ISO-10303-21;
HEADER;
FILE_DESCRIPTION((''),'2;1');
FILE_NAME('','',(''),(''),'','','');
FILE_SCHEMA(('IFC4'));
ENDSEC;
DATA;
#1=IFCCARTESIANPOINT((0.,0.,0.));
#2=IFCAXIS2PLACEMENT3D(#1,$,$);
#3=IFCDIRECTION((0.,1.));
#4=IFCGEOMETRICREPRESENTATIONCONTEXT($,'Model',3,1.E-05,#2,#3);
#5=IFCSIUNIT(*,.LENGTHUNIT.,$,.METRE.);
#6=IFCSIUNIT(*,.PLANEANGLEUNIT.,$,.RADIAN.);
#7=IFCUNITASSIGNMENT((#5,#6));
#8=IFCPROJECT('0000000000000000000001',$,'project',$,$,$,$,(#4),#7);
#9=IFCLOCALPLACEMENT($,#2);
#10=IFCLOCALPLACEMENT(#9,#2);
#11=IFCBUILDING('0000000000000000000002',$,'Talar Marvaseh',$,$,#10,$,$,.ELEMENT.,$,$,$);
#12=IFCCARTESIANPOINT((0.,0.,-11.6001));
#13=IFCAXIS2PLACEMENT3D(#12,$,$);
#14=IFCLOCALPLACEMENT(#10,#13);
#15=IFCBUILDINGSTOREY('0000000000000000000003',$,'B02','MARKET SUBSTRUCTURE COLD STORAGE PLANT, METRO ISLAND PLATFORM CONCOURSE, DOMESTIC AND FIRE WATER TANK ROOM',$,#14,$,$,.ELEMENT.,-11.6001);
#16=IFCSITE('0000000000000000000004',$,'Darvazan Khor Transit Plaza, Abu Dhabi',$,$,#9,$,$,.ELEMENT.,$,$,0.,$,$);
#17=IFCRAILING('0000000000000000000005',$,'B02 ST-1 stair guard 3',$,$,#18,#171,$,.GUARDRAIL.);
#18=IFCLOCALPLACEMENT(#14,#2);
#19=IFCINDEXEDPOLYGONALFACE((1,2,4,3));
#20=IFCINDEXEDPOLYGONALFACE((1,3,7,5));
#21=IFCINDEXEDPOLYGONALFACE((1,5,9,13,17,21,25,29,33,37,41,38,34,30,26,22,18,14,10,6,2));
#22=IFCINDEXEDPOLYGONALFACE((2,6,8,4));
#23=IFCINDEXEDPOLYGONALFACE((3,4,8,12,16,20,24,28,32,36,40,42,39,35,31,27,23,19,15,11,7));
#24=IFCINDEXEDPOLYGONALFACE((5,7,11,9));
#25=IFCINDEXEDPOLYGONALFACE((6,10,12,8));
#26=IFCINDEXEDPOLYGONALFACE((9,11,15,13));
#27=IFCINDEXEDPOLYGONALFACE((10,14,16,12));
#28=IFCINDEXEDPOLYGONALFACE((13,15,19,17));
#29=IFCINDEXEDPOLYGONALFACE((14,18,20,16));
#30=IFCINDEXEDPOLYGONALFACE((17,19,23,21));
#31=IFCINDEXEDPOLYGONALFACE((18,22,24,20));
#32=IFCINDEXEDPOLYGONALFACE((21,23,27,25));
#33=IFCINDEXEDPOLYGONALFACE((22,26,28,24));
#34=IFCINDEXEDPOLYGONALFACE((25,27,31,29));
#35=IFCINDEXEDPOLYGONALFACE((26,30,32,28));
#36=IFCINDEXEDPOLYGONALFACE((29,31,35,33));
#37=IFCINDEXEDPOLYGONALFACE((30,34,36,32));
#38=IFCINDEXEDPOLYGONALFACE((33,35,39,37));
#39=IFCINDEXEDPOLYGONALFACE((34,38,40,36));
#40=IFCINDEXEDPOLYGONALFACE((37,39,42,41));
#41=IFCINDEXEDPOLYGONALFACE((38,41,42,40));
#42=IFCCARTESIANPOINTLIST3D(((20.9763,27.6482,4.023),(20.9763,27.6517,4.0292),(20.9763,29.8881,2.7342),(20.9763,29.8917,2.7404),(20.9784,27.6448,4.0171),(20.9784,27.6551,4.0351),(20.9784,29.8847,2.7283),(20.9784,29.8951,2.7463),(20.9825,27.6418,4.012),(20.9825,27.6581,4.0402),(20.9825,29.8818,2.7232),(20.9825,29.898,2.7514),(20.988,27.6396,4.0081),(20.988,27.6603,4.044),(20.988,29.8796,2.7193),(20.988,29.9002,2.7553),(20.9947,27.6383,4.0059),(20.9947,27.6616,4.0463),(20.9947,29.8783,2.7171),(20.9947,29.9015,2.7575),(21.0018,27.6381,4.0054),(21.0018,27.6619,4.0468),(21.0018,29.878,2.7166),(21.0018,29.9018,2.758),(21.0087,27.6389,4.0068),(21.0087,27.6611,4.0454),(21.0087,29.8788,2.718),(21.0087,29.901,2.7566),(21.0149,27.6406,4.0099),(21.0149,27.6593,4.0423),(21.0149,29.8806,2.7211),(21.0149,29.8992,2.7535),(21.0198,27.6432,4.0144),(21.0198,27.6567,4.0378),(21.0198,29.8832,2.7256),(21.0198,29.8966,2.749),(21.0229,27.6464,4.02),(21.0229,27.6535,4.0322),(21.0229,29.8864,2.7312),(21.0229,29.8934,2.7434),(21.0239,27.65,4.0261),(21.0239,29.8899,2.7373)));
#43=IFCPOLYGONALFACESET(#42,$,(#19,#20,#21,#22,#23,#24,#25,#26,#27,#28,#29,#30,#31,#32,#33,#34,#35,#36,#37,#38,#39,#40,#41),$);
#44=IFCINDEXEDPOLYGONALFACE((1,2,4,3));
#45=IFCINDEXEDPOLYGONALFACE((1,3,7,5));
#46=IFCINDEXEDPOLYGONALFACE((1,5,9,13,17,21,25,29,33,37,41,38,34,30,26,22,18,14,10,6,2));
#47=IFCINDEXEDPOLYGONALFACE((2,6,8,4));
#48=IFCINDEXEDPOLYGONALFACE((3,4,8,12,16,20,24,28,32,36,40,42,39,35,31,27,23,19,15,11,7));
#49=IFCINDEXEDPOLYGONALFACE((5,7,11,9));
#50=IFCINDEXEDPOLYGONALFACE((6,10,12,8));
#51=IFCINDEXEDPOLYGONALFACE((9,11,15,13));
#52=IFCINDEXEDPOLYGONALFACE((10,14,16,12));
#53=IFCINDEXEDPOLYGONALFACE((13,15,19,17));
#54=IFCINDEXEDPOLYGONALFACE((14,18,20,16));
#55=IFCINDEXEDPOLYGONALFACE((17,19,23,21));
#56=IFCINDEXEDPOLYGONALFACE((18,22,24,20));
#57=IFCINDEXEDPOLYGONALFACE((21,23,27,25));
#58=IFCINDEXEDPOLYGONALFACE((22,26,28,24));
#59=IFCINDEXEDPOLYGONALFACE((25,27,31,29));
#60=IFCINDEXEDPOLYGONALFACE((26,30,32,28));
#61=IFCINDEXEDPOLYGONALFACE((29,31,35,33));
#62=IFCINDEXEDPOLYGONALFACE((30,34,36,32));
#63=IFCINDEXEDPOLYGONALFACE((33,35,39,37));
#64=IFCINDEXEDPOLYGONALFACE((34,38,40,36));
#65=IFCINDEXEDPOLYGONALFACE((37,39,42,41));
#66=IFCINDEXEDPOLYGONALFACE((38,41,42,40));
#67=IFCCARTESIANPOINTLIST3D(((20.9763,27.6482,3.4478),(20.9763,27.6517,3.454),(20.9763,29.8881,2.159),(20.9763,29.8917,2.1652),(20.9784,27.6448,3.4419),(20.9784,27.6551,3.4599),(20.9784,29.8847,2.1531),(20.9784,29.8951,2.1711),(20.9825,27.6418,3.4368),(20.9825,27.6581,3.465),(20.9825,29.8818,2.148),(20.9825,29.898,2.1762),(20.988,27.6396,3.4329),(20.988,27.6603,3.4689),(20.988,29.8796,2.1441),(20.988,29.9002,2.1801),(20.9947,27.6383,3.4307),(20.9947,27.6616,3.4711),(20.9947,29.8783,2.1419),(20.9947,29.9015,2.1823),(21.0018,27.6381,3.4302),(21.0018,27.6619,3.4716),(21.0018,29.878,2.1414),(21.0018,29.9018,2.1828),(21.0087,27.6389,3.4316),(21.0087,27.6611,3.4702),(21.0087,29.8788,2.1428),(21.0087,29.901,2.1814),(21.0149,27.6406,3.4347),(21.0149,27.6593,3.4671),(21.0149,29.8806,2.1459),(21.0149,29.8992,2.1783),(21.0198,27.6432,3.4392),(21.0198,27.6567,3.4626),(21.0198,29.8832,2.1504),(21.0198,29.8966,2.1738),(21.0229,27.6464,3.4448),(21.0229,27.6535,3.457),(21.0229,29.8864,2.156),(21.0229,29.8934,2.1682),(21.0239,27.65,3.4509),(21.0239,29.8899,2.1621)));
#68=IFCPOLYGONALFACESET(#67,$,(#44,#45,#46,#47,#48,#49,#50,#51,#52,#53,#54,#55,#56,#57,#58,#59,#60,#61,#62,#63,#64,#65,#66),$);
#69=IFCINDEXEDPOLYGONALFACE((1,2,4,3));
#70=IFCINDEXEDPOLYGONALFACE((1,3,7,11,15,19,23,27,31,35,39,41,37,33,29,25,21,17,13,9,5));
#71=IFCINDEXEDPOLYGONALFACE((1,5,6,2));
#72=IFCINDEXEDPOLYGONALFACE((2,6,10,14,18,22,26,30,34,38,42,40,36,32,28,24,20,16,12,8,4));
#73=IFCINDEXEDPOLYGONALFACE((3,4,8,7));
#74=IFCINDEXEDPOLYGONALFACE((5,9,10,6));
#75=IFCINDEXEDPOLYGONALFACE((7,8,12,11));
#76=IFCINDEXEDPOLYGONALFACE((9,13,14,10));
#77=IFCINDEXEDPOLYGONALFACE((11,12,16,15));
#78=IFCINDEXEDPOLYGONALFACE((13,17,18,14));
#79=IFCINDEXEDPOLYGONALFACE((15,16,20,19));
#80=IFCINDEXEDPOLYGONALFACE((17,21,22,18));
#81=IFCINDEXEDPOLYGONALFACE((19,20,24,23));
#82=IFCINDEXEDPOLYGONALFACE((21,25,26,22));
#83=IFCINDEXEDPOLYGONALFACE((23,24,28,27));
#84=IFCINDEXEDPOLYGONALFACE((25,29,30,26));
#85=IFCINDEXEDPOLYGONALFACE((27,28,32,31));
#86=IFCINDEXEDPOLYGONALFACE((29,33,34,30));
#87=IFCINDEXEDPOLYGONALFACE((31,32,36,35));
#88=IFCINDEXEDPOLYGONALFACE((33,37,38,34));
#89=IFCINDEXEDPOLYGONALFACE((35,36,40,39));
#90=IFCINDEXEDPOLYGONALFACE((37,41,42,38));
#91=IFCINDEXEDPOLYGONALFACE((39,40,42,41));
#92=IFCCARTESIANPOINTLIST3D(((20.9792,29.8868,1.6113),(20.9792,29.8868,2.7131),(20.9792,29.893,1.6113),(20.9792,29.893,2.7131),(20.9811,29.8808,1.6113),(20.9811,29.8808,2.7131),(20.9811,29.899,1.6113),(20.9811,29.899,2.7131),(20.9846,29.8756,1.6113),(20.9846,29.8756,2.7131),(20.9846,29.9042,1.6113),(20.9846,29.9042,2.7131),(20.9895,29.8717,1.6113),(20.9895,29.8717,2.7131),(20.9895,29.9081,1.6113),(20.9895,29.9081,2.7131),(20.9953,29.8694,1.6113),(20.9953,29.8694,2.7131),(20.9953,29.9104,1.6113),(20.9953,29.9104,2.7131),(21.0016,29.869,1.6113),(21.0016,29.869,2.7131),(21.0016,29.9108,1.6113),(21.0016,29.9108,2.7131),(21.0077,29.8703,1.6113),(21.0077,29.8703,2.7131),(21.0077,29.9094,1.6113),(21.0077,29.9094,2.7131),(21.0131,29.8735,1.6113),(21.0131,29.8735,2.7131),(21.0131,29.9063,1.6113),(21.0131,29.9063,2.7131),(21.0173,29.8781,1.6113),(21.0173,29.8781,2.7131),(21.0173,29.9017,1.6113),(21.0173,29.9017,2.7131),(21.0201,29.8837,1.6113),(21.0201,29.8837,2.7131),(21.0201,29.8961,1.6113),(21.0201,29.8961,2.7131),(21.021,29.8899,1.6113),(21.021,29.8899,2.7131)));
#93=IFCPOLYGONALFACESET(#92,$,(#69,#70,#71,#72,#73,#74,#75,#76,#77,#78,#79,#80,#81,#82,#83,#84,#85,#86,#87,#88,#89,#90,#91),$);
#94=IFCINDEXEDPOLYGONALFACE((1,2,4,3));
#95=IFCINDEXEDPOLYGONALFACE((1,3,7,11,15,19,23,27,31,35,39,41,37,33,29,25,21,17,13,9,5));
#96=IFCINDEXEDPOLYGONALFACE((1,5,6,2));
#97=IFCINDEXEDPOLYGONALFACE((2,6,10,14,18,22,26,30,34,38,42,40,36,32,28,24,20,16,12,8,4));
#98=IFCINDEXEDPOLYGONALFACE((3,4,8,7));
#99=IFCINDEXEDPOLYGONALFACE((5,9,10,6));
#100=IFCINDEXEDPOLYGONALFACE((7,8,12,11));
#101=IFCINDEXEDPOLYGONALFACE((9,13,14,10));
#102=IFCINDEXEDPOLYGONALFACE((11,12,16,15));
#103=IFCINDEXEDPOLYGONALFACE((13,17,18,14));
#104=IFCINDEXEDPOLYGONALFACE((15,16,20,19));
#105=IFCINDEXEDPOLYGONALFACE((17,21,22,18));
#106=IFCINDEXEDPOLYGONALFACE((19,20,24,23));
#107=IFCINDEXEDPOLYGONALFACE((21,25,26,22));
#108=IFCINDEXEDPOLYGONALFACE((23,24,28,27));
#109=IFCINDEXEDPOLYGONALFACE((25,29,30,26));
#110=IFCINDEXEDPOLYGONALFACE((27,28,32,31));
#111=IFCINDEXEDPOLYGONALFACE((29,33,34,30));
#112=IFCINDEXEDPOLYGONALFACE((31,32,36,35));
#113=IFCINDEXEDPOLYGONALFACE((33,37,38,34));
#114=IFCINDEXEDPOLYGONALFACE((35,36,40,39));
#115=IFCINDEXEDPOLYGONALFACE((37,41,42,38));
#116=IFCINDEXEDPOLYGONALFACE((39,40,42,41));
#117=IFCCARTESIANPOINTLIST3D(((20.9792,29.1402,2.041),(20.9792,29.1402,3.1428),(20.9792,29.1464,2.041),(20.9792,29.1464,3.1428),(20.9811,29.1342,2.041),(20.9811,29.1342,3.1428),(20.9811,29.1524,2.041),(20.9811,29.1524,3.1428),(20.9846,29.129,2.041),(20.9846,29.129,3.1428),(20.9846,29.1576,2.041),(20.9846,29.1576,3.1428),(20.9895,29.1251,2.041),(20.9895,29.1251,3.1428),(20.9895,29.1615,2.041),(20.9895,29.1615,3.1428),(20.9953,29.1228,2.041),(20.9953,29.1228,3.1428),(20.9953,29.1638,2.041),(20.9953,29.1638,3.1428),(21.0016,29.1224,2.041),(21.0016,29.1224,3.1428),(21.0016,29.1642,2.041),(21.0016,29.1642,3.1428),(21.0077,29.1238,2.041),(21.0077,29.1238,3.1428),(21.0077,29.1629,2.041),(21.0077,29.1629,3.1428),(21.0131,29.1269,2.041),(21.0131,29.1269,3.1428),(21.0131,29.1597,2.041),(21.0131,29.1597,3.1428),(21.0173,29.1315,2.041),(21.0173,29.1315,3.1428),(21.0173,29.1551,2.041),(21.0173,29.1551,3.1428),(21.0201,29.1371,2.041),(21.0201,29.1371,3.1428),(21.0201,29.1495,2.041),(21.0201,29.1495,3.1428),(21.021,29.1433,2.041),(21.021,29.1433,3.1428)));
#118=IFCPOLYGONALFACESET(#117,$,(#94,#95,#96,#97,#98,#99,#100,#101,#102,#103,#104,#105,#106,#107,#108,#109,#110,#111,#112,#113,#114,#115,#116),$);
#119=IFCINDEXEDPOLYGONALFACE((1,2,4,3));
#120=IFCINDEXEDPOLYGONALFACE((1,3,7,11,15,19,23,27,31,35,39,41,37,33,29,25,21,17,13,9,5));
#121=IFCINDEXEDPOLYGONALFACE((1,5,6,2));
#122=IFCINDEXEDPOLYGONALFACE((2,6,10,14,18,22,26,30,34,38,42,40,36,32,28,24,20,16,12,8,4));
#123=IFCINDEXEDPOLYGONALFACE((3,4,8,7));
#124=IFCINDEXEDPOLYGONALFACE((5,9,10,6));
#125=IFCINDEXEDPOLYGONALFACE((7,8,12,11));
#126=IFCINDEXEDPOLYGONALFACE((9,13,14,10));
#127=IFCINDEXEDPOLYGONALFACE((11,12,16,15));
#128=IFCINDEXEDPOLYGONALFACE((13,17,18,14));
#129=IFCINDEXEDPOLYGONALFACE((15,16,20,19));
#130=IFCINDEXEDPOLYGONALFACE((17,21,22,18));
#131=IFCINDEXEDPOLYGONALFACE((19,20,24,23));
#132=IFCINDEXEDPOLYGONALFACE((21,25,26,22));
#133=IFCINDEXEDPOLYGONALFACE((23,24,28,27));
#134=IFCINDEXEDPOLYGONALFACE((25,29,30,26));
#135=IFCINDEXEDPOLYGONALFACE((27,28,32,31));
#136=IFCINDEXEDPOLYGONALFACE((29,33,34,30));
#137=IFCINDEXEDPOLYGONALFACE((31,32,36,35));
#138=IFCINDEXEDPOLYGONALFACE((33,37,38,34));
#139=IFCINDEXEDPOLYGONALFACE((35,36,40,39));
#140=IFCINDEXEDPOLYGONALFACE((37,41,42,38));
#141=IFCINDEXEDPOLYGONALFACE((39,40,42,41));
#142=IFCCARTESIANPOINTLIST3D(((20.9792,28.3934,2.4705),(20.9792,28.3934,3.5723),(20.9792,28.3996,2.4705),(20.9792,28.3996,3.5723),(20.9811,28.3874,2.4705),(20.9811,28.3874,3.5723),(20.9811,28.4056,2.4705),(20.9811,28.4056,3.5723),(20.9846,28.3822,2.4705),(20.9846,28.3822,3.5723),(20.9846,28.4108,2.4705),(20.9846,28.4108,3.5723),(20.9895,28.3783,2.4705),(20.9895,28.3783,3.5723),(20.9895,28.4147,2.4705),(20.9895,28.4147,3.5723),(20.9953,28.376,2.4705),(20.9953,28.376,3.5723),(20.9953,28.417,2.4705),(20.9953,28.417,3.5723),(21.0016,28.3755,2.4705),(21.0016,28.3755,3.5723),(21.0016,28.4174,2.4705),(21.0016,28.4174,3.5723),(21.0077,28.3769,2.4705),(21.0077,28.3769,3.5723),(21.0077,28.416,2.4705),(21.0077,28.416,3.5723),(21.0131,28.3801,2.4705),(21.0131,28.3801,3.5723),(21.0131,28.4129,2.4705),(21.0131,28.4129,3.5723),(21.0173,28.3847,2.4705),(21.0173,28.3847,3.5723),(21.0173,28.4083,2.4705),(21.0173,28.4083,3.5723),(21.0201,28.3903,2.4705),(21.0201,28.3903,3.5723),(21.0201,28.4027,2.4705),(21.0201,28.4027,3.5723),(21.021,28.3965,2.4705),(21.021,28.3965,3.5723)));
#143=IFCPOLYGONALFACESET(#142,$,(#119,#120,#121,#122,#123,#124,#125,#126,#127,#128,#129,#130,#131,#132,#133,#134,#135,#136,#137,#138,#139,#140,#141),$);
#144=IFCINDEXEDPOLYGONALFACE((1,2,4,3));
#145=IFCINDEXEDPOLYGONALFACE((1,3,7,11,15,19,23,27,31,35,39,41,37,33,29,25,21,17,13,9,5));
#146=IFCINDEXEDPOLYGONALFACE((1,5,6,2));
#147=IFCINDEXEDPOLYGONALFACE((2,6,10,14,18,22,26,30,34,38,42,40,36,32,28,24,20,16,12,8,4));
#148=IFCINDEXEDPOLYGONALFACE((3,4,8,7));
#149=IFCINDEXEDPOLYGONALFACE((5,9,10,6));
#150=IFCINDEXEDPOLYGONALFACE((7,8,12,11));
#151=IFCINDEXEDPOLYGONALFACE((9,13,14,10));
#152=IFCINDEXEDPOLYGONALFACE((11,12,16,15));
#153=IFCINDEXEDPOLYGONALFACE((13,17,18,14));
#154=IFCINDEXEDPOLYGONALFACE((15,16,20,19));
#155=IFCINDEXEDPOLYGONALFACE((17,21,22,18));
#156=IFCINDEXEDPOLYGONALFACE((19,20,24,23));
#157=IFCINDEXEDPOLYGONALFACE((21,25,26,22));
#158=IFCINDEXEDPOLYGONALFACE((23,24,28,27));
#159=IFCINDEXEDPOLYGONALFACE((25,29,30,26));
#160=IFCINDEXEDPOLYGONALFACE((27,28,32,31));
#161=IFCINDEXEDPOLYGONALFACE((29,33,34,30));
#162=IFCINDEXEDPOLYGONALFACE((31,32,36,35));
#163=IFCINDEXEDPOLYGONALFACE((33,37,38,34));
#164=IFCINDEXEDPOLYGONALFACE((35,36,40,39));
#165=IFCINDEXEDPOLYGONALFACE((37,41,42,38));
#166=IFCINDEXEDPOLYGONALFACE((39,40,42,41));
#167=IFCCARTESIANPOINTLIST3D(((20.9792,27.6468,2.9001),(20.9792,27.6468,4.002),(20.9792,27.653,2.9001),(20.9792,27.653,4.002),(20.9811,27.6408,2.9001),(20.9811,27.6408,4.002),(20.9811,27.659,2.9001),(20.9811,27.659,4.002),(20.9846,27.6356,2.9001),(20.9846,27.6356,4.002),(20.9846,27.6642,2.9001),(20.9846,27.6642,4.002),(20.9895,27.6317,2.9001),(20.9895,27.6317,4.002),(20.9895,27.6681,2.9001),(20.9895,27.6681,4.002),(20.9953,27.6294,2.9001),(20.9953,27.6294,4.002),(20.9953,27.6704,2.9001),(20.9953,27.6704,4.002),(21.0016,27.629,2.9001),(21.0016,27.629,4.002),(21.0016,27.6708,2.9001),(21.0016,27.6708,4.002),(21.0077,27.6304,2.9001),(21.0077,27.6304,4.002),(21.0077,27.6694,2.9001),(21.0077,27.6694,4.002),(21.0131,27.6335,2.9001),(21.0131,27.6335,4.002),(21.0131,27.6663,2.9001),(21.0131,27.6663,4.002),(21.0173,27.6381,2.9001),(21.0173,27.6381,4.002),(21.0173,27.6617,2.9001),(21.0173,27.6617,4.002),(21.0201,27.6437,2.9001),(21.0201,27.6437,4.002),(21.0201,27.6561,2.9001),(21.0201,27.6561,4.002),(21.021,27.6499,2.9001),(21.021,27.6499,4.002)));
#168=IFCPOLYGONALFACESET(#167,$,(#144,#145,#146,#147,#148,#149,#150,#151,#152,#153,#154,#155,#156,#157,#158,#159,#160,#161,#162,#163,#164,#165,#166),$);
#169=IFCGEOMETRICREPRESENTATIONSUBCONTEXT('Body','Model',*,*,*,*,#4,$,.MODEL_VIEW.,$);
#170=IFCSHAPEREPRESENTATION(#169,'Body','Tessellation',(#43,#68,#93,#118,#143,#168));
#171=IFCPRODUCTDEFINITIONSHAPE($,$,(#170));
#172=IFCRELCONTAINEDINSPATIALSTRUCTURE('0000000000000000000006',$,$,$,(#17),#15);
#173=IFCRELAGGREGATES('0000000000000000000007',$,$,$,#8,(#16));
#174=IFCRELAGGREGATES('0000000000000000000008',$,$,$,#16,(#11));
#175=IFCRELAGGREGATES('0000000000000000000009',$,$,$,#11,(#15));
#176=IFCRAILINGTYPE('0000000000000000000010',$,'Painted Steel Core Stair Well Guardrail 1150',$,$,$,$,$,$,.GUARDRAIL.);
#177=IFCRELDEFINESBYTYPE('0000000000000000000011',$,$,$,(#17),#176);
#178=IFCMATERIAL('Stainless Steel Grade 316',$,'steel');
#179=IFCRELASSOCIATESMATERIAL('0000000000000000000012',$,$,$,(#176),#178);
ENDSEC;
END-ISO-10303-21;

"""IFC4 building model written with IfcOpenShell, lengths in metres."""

from ifc_helpers import new_model, si_unit, direction, frame, origin, origin_2d, place, context, subcontext, project, spatial, circle, extrude, material, type_object, element, save


model = new_model("IFC4")

# Units and contexts
model_context = context("Model", 3, precision=1e-05, world=origin(), true_north=direction((0.0, 1.0)))
body_context = subcontext(model_context, "Body", "Model", "MODEL_VIEW")
ifc_project = project(units=[si_unit("LENGTHUNIT", "METRE"), si_unit("PLANEANGLEUNIT", "RADIAN")], contexts=[model_context])

# Site, building, storey
site_placement = place(None, origin())
site = spatial("IfcSite", under=ifc_project, at=site_placement, Name="Darvazan Khor Transit Plaza, Abu Dhabi", CompositionType="ELEMENT", RefElevation=0.0)
building_placement = place(site_placement, origin())
building = spatial("IfcBuilding", under=site, at=building_placement, Name="Talar Marvaseh", CompositionType="ELEMENT")
storey_placement = place(building_placement, frame((0.0, 0.0, -11.6001)))
storey = spatial("IfcBuildingStorey", under=building, at=storey_placement, Name="B02", Description="MARKET SUBSTRUCTURE COLD STORAGE PLANT, METRO ISLAND PLATFORM CONCOURSE, DOMESTIC AND FIRE WATER TANK ROOM", CompositionType="ELEMENT", Elevation=-11.6001)

# Railing
ifc_material_1 = material(Name="Stainless Steel Grade 316", Category="steel")
railing_type_1 = type_object("IfcRailingType", Name="Painted Steel Core Stair Well Guardrail 1150", PredefinedType="GUARDRAIL", material=ifc_material_1)
railing_1_placement = place(storey_placement, frame((21.0, 29.8899, 1.6113)))
element("IfcRailing", 1, at=railing_1_placement, inside=storey, type_object=railing_type_1, Name="B02 ST-1 stair guard 3", PredefinedType="GUARDRAIL", context=body_context, shape_type="SweptSolid", body=[
    extrude(circle(Radius=0.0239, at=origin_2d()), frame((0.0, 0.0, 1.126), z_axis=(0.0, -0.866768, 0.498711), x_axis=(1.0, 0.0, 0.0)), (0.0, 0.0, 1.0), 2.5842),
    extrude(circle(Radius=0.0239, at=origin_2d()), frame((0.0, 0.0, 0.5508), z_axis=(0.0, -0.866768, 0.498711), x_axis=(1.0, 0.0, 0.0)), (0.0, 0.0, 1.0), 2.5842),
    extrude(circle(Radius=0.021, at=origin_2d()), origin(), (0.0, 0.0, 1.0), 1.1018),
    extrude(circle(Radius=0.021, at=origin_2d()), frame((0.0, -0.7466, 0.4297)), (0.0, 0.0, 1.0), 1.1018),
    extrude(circle(Radius=0.021, at=origin_2d()), frame((0.0, -1.4934, 0.8591)), (0.0, 0.0, 1.0), 1.1018),
    extrude(circle(Radius=0.021, at=origin_2d()), frame((0.0, -2.24, 1.2888)), (0.0, 0.0, 1.0), 1.1018),
])

save(model, "model.ifc")
